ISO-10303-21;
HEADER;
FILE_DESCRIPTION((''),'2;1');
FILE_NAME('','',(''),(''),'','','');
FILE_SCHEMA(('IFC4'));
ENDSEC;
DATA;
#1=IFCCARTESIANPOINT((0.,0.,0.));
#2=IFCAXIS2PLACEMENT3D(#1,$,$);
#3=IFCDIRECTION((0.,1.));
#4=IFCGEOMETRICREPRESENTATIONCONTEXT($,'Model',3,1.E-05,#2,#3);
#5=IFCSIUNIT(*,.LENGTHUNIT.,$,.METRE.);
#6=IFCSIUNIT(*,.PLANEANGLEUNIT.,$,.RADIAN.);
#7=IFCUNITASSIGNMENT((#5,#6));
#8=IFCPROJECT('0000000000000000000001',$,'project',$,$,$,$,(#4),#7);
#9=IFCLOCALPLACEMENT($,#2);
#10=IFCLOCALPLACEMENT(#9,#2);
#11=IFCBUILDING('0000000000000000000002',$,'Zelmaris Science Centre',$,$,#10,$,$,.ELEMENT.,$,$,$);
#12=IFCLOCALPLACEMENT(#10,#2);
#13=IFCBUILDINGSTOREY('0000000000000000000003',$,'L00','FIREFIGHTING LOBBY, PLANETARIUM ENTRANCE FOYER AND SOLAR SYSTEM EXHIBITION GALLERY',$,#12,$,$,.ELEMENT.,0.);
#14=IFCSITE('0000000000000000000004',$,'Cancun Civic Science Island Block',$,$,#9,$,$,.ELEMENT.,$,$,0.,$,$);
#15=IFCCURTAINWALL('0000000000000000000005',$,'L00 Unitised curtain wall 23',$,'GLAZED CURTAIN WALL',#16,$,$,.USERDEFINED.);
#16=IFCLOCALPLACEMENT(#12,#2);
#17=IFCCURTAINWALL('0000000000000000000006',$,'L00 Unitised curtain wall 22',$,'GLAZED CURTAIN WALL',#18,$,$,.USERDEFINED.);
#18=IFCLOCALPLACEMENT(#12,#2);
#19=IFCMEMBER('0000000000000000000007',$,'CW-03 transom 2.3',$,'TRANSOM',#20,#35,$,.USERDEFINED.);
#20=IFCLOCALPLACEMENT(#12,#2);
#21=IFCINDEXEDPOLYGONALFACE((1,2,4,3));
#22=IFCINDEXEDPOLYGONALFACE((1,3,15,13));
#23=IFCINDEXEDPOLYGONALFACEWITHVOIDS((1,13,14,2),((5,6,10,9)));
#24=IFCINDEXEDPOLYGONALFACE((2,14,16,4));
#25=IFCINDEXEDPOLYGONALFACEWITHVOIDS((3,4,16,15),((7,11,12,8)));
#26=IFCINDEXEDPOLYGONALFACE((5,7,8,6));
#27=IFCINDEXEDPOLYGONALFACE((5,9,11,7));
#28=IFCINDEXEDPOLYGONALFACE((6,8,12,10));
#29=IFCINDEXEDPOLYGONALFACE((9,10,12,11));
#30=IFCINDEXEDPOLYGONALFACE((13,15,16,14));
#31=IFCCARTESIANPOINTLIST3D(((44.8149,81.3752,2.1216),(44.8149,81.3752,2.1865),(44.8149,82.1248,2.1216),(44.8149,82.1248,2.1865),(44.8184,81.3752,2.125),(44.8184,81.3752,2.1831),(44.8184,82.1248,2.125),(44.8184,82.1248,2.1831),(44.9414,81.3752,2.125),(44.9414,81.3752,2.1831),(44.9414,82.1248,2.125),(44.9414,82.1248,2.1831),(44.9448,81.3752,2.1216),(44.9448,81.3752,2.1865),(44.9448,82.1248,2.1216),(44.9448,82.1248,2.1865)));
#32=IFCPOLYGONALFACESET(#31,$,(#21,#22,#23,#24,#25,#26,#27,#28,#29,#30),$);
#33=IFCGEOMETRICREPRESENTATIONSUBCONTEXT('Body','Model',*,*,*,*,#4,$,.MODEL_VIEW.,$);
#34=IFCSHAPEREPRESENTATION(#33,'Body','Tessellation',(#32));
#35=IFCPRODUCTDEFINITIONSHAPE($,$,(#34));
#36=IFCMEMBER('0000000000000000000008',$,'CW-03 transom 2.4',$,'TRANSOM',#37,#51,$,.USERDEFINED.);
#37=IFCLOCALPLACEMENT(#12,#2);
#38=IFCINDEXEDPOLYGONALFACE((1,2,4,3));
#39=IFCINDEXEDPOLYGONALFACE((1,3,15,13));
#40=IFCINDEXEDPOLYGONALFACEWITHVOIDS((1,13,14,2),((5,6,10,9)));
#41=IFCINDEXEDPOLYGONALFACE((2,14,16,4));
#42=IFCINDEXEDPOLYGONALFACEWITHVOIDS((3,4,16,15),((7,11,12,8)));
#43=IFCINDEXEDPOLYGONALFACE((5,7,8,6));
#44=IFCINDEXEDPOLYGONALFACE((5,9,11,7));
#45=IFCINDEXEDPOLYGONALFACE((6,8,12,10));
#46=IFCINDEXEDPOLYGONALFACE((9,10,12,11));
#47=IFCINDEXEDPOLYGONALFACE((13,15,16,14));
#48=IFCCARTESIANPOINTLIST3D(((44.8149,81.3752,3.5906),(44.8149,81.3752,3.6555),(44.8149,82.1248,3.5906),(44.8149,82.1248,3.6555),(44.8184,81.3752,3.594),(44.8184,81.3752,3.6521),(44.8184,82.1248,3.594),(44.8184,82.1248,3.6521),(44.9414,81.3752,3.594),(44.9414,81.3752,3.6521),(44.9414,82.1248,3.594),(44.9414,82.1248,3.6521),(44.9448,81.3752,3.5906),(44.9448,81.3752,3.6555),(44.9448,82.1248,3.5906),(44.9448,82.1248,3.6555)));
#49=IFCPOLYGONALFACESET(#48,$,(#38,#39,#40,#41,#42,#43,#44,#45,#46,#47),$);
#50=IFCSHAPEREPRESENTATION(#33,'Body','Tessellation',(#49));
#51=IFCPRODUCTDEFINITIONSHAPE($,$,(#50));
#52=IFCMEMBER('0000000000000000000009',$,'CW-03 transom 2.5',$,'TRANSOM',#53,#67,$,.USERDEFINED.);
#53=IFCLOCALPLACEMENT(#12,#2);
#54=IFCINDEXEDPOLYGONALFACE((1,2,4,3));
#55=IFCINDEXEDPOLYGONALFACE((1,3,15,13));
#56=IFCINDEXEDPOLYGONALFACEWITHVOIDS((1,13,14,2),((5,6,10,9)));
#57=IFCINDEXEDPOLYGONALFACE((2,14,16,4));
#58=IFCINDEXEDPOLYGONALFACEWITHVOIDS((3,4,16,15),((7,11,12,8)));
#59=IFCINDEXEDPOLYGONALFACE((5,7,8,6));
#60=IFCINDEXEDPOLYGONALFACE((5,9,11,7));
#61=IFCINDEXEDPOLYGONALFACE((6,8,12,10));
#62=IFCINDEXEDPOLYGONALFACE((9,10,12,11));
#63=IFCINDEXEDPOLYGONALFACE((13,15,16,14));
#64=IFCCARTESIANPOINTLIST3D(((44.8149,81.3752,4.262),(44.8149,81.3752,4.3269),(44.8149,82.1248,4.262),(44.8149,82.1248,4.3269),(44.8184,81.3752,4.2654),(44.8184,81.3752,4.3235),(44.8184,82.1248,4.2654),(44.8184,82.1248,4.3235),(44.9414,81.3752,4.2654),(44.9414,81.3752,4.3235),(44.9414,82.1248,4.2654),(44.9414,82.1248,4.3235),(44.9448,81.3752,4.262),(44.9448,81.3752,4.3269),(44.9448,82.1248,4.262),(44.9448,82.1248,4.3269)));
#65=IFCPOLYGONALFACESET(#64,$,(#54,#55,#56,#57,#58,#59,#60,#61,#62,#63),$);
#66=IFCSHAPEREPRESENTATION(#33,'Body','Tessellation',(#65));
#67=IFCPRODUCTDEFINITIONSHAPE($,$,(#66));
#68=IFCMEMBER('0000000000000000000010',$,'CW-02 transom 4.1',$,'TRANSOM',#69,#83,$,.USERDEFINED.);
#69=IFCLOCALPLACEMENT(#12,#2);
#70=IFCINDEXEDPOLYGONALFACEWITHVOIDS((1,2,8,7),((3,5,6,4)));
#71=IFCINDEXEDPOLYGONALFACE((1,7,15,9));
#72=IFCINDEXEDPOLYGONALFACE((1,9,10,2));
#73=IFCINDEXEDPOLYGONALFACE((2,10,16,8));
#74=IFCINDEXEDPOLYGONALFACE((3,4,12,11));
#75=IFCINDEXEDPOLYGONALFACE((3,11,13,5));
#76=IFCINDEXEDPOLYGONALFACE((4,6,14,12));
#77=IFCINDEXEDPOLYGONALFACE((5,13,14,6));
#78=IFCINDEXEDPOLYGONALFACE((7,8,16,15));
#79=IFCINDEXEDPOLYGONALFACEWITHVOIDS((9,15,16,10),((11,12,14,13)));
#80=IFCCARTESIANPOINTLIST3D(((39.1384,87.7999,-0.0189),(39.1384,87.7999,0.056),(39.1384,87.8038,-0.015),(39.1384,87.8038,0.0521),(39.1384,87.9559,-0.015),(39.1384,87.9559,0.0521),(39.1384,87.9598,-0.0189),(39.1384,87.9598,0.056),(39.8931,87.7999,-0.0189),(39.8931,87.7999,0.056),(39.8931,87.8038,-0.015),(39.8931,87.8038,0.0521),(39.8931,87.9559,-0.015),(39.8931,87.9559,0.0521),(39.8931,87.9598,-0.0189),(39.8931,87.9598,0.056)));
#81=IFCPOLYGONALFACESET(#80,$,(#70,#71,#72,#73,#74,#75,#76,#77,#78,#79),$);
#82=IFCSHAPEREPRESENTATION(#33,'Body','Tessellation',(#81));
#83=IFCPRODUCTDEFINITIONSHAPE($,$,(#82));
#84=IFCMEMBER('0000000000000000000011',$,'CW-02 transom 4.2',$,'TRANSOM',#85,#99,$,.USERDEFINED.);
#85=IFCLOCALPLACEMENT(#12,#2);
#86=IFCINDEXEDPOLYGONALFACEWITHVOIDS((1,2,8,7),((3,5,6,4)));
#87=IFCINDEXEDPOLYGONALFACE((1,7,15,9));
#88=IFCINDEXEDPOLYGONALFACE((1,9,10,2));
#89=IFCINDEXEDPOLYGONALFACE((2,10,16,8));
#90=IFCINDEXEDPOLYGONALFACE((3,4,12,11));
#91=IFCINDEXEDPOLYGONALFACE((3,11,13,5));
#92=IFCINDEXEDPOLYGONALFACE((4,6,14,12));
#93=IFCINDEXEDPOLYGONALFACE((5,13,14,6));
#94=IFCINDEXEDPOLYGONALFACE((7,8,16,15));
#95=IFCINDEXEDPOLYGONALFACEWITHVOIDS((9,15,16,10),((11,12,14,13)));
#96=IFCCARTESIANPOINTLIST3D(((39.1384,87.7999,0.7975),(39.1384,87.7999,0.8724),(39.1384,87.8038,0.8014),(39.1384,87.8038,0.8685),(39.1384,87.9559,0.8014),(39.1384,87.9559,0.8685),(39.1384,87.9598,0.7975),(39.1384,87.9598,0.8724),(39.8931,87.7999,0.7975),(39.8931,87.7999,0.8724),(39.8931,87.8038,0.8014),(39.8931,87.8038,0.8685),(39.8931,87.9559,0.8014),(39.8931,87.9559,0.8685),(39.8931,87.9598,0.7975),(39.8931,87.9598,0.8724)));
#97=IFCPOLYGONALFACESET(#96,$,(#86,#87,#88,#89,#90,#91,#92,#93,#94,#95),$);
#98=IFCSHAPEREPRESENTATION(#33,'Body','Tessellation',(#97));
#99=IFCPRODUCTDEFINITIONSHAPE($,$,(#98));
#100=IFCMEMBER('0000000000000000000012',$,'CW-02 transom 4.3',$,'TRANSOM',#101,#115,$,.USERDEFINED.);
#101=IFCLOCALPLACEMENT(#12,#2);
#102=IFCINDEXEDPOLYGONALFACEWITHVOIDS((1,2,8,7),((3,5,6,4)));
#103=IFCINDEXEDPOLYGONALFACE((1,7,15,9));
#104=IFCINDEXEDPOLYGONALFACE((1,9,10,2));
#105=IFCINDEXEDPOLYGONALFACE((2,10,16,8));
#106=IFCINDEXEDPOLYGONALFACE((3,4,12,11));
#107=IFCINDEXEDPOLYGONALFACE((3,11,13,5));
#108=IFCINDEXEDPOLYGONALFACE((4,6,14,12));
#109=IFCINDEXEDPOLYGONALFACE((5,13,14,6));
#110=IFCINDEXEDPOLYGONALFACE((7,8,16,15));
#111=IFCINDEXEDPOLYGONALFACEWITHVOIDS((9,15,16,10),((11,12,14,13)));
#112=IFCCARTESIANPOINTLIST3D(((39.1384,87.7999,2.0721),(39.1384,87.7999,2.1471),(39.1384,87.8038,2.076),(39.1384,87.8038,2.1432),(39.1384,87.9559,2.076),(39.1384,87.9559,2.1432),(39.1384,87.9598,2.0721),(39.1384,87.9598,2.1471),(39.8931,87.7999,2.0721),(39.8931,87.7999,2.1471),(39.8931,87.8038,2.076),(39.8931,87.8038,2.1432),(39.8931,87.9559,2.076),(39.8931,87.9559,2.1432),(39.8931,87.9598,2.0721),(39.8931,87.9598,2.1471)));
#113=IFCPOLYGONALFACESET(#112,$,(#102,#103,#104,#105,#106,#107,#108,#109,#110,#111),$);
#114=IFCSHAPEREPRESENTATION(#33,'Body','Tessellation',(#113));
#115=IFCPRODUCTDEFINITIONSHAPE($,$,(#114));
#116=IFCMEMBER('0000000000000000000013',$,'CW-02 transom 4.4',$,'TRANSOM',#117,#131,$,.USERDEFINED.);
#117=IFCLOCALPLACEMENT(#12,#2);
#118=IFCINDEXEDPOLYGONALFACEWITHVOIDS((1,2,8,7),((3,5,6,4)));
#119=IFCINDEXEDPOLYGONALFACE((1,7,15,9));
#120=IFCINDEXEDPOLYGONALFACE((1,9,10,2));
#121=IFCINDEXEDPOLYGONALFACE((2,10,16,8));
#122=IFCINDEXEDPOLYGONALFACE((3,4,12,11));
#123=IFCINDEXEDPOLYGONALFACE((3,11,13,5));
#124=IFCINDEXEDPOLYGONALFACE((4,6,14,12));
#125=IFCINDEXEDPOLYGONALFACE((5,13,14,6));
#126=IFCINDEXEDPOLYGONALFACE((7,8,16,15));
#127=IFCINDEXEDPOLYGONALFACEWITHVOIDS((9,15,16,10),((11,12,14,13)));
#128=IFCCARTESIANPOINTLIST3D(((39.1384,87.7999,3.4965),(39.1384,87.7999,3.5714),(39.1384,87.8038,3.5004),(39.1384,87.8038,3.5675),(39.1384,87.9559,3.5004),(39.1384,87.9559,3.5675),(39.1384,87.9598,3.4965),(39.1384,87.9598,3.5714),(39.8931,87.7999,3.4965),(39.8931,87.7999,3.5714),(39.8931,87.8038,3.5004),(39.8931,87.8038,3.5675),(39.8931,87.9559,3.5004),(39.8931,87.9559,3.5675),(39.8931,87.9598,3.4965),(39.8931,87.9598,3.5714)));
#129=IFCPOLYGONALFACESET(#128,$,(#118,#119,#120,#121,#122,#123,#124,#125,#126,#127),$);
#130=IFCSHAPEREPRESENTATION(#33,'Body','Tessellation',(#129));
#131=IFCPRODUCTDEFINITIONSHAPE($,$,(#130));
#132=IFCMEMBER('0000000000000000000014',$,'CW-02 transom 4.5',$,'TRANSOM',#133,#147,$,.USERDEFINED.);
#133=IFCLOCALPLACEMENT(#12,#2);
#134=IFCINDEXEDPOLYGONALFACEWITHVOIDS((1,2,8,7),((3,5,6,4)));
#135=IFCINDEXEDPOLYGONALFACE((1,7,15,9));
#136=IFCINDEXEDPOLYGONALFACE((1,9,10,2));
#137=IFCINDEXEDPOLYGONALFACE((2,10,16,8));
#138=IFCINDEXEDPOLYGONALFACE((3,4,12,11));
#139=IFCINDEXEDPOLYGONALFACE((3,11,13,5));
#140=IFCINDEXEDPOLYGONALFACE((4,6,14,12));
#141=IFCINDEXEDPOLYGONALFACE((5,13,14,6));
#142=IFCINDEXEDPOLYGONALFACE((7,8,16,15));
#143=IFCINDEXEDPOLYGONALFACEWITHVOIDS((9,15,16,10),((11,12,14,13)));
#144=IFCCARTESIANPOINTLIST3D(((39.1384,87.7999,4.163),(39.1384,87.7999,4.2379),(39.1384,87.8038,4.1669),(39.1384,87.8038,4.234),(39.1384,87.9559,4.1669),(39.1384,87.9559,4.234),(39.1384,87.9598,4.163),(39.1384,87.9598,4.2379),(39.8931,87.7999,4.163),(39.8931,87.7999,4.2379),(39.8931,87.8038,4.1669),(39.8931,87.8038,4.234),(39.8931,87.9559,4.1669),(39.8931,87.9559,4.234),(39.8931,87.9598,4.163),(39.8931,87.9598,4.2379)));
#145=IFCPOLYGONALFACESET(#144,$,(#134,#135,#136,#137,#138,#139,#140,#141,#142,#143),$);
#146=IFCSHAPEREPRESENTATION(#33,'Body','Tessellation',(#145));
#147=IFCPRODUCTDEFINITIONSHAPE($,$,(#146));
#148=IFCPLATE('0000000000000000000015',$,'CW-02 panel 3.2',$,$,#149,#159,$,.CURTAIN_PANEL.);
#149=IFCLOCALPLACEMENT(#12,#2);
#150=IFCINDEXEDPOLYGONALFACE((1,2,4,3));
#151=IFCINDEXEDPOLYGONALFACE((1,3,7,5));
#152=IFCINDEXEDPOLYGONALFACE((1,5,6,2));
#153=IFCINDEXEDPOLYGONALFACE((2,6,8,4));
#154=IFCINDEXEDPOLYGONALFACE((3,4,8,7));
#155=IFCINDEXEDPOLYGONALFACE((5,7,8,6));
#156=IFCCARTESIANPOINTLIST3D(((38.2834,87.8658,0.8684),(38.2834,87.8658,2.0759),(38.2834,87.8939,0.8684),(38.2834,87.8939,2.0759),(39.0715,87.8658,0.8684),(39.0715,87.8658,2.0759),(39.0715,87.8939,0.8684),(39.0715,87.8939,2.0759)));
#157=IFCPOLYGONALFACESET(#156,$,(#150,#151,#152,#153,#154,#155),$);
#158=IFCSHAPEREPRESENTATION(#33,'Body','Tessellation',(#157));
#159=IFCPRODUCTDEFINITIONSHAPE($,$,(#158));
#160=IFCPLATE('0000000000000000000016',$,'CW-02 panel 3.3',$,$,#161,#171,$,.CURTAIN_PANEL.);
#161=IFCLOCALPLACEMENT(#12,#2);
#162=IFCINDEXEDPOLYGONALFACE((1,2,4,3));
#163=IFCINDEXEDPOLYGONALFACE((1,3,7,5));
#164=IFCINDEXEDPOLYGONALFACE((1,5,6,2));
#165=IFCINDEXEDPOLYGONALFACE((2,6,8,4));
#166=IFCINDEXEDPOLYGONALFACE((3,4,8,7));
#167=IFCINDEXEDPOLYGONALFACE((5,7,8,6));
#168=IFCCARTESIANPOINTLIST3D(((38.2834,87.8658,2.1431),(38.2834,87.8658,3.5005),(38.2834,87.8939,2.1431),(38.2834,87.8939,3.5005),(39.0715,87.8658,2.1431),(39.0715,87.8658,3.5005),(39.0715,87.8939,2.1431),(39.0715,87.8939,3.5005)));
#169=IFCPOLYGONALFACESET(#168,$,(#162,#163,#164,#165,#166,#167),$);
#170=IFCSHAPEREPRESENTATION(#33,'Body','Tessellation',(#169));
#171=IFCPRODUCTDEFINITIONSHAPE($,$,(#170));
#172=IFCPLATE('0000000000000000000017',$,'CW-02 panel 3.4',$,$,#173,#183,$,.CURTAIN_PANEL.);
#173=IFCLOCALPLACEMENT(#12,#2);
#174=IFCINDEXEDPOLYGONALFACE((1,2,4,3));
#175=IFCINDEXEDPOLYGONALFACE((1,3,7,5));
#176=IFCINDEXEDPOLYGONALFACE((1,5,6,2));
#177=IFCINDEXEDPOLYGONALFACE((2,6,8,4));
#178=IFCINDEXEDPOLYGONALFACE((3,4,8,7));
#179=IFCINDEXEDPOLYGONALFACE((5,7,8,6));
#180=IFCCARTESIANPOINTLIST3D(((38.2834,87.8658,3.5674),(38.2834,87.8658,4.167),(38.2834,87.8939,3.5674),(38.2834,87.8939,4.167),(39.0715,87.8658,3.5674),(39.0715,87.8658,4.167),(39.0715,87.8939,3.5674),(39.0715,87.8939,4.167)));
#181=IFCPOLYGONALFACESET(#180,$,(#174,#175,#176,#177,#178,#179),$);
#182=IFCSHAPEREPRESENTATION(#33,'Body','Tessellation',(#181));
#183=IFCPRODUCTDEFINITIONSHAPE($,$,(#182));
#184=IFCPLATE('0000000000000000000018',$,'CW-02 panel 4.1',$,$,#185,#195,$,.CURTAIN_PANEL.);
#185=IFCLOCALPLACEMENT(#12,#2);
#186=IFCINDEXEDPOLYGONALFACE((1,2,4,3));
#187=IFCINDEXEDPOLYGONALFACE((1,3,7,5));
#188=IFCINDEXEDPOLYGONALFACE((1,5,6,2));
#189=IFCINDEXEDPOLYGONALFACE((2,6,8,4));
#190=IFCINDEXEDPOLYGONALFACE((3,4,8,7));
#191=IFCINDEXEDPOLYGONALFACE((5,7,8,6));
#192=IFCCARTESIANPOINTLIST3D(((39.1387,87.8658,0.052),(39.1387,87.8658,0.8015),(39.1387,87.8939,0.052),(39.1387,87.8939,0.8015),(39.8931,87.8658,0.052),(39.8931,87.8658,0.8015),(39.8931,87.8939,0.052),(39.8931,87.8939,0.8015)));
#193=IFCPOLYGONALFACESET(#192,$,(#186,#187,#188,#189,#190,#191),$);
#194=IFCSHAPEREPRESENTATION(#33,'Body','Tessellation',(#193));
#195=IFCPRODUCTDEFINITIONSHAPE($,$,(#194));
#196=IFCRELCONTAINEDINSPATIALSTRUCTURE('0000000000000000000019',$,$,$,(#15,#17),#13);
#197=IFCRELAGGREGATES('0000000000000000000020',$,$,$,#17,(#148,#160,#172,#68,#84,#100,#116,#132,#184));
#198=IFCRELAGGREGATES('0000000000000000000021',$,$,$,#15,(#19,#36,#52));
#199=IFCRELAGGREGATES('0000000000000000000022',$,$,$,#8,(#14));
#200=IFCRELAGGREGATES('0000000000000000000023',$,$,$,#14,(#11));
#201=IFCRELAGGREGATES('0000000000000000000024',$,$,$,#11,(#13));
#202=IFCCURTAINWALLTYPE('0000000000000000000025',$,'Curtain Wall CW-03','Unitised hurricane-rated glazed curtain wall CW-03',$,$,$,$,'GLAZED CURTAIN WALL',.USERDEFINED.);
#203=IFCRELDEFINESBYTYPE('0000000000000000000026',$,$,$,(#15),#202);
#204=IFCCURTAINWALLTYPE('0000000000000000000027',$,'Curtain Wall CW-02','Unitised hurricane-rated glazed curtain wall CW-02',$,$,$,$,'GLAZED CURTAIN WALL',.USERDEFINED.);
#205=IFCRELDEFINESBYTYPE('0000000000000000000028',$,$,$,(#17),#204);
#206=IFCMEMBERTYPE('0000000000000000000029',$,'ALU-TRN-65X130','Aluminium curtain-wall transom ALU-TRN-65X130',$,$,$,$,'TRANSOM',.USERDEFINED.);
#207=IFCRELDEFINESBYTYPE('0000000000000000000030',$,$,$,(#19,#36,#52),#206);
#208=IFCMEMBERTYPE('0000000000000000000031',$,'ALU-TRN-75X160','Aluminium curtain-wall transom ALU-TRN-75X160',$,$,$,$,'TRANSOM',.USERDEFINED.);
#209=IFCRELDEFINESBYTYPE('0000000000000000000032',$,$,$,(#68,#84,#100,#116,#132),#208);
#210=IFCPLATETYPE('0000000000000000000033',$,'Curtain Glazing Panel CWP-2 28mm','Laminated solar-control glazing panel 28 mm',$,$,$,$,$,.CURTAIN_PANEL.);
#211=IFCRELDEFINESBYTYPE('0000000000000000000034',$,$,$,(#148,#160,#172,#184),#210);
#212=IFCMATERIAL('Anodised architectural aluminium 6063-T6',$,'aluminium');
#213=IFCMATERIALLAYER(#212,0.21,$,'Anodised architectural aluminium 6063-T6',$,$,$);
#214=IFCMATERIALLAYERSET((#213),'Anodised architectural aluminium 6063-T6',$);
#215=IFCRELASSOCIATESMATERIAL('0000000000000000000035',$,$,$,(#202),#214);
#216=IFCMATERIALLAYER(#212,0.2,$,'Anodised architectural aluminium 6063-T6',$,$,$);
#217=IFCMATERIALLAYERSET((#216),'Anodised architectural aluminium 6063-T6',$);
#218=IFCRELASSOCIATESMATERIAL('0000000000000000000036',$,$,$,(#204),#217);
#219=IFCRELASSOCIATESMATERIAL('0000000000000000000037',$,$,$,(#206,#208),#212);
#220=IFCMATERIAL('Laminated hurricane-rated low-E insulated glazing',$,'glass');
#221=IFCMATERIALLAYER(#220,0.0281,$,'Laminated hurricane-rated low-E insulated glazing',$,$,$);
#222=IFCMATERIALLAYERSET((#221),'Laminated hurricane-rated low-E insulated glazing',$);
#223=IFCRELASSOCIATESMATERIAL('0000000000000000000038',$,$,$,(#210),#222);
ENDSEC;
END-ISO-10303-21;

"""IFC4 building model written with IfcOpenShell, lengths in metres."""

from ifc_helpers import new_model, si_unit, direction, frame, origin, origin_2d, place, context, subcontext, project, spatial, rectangle, hollow_rectangle, extrude, material, layer, layer_set, material_profile, profile_set, type_object, element, aggregate, save


model = new_model("IFC4")

# Units and contexts
model_context = context("Model", 3, precision=1e-05, world=origin(), true_north=direction((0.0, 1.0)))
body_context = subcontext(model_context, "Body", "Model", "MODEL_VIEW")
ifc_project = project(units=[si_unit("LENGTHUNIT", "METRE"), si_unit("PLANEANGLEUNIT", "RADIAN")], contexts=[model_context])

# Site, building, storey
site_placement = place(None, origin())
site = spatial("IfcSite", under=ifc_project, at=site_placement, Name="Cancun Civic Science Island Block", CompositionType="ELEMENT", RefElevation=0.0)
building_placement = place(site_placement, origin())
building = spatial("IfcBuilding", under=site, at=building_placement, Name="Zelmaris Science Centre", CompositionType="ELEMENT")
storey_placement = place(building_placement, origin())
storey = spatial("IfcBuildingStorey", under=building, at=storey_placement, Name="L00", Description="FIREFIGHTING LOBBY, PLANETARIUM ENTRANCE FOYER AND SOLAR SYSTEM EXHIBITION GALLERY", CompositionType="ELEMENT", Elevation=0.0)

# Curtain walls
ifc_material_1 = material(Name="Anodised architectural aluminium 6063-T6", Category="aluminium")
ifc_layer_1 = layer(ifc_material_1, 0.21, Name="Anodised architectural aluminium 6063-T6")
ifc_layer_set_1 = layer_set([ifc_layer_1], Name="Anodised architectural aluminium 6063-T6")
curtain_wall_type_1 = type_object("IfcCurtainWallType", Name="Curtain Wall CW-03", Description="Unitised hurricane-rated glazed curtain wall CW-03", ElementType="GLAZED CURTAIN WALL", PredefinedType="USERDEFINED", material=ifc_layer_set_1)
curtain_wall_1_placement = place(storey_placement, origin())
curtain_wall_1 = element("IfcCurtainWall", 1, at=curtain_wall_1_placement, inside=storey, type_object=curtain_wall_type_1, Name="L00 Unitised curtain wall 23", ObjectType="GLAZED CURTAIN WALL", PredefinedType="USERDEFINED")
ifc_layer_2 = layer(ifc_material_1, 0.2, Name="Anodised architectural aluminium 6063-T6")
ifc_layer_set_2 = layer_set([ifc_layer_2], Name="Anodised architectural aluminium 6063-T6")
curtain_wall_type_2 = type_object("IfcCurtainWallType", Name="Curtain Wall CW-02", Description="Unitised hurricane-rated glazed curtain wall CW-02", ElementType="GLAZED CURTAIN WALL", PredefinedType="USERDEFINED", material=ifc_layer_set_2)
curtain_wall_2_placement = place(storey_placement, origin())
curtain_wall_2 = element("IfcCurtainWall", 2, at=curtain_wall_2_placement, inside=storey, type_object=curtain_wall_type_2, Name="L00 Unitised curtain wall 22", ObjectType="GLAZED CURTAIN WALL", PredefinedType="USERDEFINED")

# Members
ifc_material_profile_1 = material_profile(ifc_material_1, hollow_rectangle(XDim=0.0649, YDim=0.1299, WallThickness=0.0034, at=origin_2d()), Name="ALU-TRN-65X130")
ifc_profile_set_1 = profile_set([ifc_material_profile_1], Name="Anodised architectural aluminium 6063-T6")
member_type_1 = type_object("IfcMemberType", Name="ALU-TRN-65X130", Description="Aluminium curtain-wall transom ALU-TRN-65X130", ElementType="TRANSOM", PredefinedType="USERDEFINED", material=ifc_profile_set_1)
member_1_placement = place(storey_placement, frame((44.8799, 82.1248, 2.1541), z_axis=(0.0, -1.0, 0.0), x_axis=(0.0, 0.0, 1.0)))
member_1 = element("IfcMember", 3, at=member_1_placement, type_object=member_type_1, Name="CW-03 transom 2.3", ObjectType="TRANSOM", PredefinedType="USERDEFINED", context=body_context, shape_type="SweptSolid", body=[
    extrude(hollow_rectangle(XDim=0.0649, YDim=0.1299, WallThickness=0.0034, at=origin_2d()), origin(), (0.0, 0.0, 1.0), 0.7495),
])
member_2_placement = place(storey_placement, frame((44.8799, 82.1248, 3.623), z_axis=(0.0, -1.0, 0.0), x_axis=(0.0, 0.0, 1.0)))
member_2 = element("IfcMember", 4, at=member_2_placement, type_object=member_type_1, Name="CW-03 transom 2.4", ObjectType="TRANSOM", PredefinedType="USERDEFINED", context=body_context, shape_type="SweptSolid", body=[
    extrude(hollow_rectangle(XDim=0.0649, YDim=0.1299, WallThickness=0.0034, at=origin_2d()), origin(), (0.0, 0.0, 1.0), 0.7495),
])
member_3_placement = place(storey_placement, frame((44.8799, 82.1248, 4.2944), z_axis=(0.0, -1.0, 0.0), x_axis=(0.0, 0.0, 1.0)))
member_3 = element("IfcMember", 5, at=member_3_placement, type_object=member_type_1, Name="CW-03 transom 2.5", ObjectType="TRANSOM", PredefinedType="USERDEFINED", context=body_context, shape_type="SweptSolid", body=[
    extrude(hollow_rectangle(XDim=0.0649, YDim=0.1299, WallThickness=0.0034, at=origin_2d()), origin(), (0.0, 0.0, 1.0), 0.7495),
])
ifc_material_profile_2 = material_profile(ifc_material_1, hollow_rectangle(XDim=0.075, YDim=0.1599, WallThickness=0.0039, at=origin_2d()), Name="ALU-TRN-75X160")
ifc_profile_set_2 = profile_set([ifc_material_profile_2], Name="Anodised architectural aluminium 6063-T6")
member_type_2 = type_object("IfcMemberType", Name="ALU-TRN-75X160", Description="Aluminium curtain-wall transom ALU-TRN-75X160", ElementType="TRANSOM", PredefinedType="USERDEFINED", material=ifc_profile_set_2)
member_4_placement = place(storey_placement, frame((39.1384, 87.8799, 0.0186), z_axis=(1.0, 0.0, 0.0), x_axis=(0.0, 0.0, 1.0)))
member_4 = element("IfcMember", 6, at=member_4_placement, type_object=member_type_2, Name="CW-02 transom 4.1", ObjectType="TRANSOM", PredefinedType="USERDEFINED", context=body_context, shape_type="SweptSolid", body=[
    extrude(hollow_rectangle(XDim=0.075, YDim=0.1599, WallThickness=0.0039, at=origin_2d()), origin(), (0.0, 0.0, 1.0), 0.7546),
])
member_5_placement = place(storey_placement, frame((39.1384, 87.8799, 0.835), z_axis=(1.0, 0.0, 0.0), x_axis=(0.0, 0.0, 1.0)))
member_5 = element("IfcMember", 7, at=member_5_placement, type_object=member_type_2, Name="CW-02 transom 4.2", ObjectType="TRANSOM", PredefinedType="USERDEFINED", context=body_context, shape_type="SweptSolid", body=[
    extrude(hollow_rectangle(XDim=0.075, YDim=0.1599, WallThickness=0.0039, at=origin_2d()), origin(), (0.0, 0.0, 1.0), 0.7546),
])
member_6_placement = place(storey_placement, frame((39.1384, 87.8799, 2.1096), z_axis=(1.0, 0.0, 0.0), x_axis=(0.0, 0.0, 1.0)))
member_6 = element("IfcMember", 8, at=member_6_placement, type_object=member_type_2, Name="CW-02 transom 4.3", ObjectType="TRANSOM", PredefinedType="USERDEFINED", context=body_context, shape_type="SweptSolid", body=[
    extrude(hollow_rectangle(XDim=0.075, YDim=0.1599, WallThickness=0.0039, at=origin_2d()), origin(), (0.0, 0.0, 1.0), 0.7546),
])
member_7_placement = place(storey_placement, frame((39.1384, 87.8799, 3.5339), z_axis=(1.0, 0.0, 0.0), x_axis=(0.0, 0.0, 1.0)))
member_7 = element("IfcMember", 9, at=member_7_placement, type_object=member_type_2, Name="CW-02 transom 4.4", ObjectType="TRANSOM", PredefinedType="USERDEFINED", context=body_context, shape_type="SweptSolid", body=[
    extrude(hollow_rectangle(XDim=0.075, YDim=0.1599, WallThickness=0.0039, at=origin_2d()), origin(), (0.0, 0.0, 1.0), 0.7546),
])
member_8_placement = place(storey_placement, frame((39.1384, 87.8799, 4.2004), z_axis=(1.0, 0.0, 0.0), x_axis=(0.0, 0.0, 1.0)))
member_8 = element("IfcMember", 10, at=member_8_placement, type_object=member_type_2, Name="CW-02 transom 4.5", ObjectType="TRANSOM", PredefinedType="USERDEFINED", context=body_context, shape_type="SweptSolid", body=[
    extrude(hollow_rectangle(XDim=0.075, YDim=0.1599, WallThickness=0.0039, at=origin_2d()), origin(), (0.0, 0.0, 1.0), 0.7546),
])

# Plates
ifc_material_2 = material(Name="Laminated hurricane-rated low-E insulated glazing", Category="glass")
ifc_layer_3 = layer(ifc_material_2, 0.0281, Name="Laminated hurricane-rated low-E insulated glazing")
ifc_layer_set_3 = layer_set([ifc_layer_3], Name="Laminated hurricane-rated low-E insulated glazing")
plate_type_1 = type_object("IfcPlateType", Name="Curtain Glazing Panel CWP-2 28mm", Description="Laminated solar-control glazing panel 28 mm", PredefinedType="CURTAIN_PANEL", material=ifc_layer_set_3)
plate_1_placement = place(storey_placement, frame((38.6775, 87.8799, 0.8684), z_axis=(0.0, 0.0, 1.0), x_axis=(1.0, 0.0, 0.0)))
plate_1 = element("IfcPlate", 11, at=plate_1_placement, type_object=plate_type_1, Name="CW-02 panel 3.2", PredefinedType="CURTAIN_PANEL", context=body_context, shape_type="SweptSolid", body=[
    extrude(rectangle(XDim=0.7881, YDim=0.0281, at=origin_2d()), origin(), (0.0, 0.0, 1.0), 1.2075),
])
plate_2_placement = place(storey_placement, frame((38.6775, 87.8799, 2.1431), z_axis=(0.0, 0.0, 1.0), x_axis=(1.0, 0.0, 0.0)))
plate_2 = element("IfcPlate", 12, at=plate_2_placement, type_object=plate_type_1, Name="CW-02 panel 3.3", PredefinedType="CURTAIN_PANEL", context=body_context, shape_type="SweptSolid", body=[
    extrude(rectangle(XDim=0.7881, YDim=0.0281, at=origin_2d()), origin(), (0.0, 0.0, 1.0), 1.3574),
])
plate_3_placement = place(storey_placement, frame((38.6775, 87.8799, 3.5674), z_axis=(0.0, 0.0, 1.0), x_axis=(1.0, 0.0, 0.0)))
plate_3 = element("IfcPlate", 13, at=plate_3_placement, type_object=plate_type_1, Name="CW-02 panel 3.4", PredefinedType="CURTAIN_PANEL", context=body_context, shape_type="SweptSolid", body=[
    extrude(rectangle(XDim=0.7881, YDim=0.0281, at=origin_2d()), origin(), (0.0, 0.0, 1.0), 0.5996),
])
plate_4_placement = place(storey_placement, frame((39.5159, 87.8799, 0.052), z_axis=(0.0, 0.0, 1.0), x_axis=(1.0, 0.0, 0.0)))
plate_4 = element("IfcPlate", 14, at=plate_4_placement, type_object=plate_type_1, Name="CW-02 panel 4.1", PredefinedType="CURTAIN_PANEL", context=body_context, shape_type="SweptSolid", body=[
    extrude(rectangle(XDim=0.7544, YDim=0.0281, at=origin_2d()), origin(), (0.0, 0.0, 1.0), 0.7495),
])
aggregate(curtain_wall_2, [plate_1, plate_2, plate_3, member_4, member_5, member_6, member_7, member_8, plate_4])
aggregate(curtain_wall_1, [member_1, member_2, member_3])

save(model, "model.ifc")
